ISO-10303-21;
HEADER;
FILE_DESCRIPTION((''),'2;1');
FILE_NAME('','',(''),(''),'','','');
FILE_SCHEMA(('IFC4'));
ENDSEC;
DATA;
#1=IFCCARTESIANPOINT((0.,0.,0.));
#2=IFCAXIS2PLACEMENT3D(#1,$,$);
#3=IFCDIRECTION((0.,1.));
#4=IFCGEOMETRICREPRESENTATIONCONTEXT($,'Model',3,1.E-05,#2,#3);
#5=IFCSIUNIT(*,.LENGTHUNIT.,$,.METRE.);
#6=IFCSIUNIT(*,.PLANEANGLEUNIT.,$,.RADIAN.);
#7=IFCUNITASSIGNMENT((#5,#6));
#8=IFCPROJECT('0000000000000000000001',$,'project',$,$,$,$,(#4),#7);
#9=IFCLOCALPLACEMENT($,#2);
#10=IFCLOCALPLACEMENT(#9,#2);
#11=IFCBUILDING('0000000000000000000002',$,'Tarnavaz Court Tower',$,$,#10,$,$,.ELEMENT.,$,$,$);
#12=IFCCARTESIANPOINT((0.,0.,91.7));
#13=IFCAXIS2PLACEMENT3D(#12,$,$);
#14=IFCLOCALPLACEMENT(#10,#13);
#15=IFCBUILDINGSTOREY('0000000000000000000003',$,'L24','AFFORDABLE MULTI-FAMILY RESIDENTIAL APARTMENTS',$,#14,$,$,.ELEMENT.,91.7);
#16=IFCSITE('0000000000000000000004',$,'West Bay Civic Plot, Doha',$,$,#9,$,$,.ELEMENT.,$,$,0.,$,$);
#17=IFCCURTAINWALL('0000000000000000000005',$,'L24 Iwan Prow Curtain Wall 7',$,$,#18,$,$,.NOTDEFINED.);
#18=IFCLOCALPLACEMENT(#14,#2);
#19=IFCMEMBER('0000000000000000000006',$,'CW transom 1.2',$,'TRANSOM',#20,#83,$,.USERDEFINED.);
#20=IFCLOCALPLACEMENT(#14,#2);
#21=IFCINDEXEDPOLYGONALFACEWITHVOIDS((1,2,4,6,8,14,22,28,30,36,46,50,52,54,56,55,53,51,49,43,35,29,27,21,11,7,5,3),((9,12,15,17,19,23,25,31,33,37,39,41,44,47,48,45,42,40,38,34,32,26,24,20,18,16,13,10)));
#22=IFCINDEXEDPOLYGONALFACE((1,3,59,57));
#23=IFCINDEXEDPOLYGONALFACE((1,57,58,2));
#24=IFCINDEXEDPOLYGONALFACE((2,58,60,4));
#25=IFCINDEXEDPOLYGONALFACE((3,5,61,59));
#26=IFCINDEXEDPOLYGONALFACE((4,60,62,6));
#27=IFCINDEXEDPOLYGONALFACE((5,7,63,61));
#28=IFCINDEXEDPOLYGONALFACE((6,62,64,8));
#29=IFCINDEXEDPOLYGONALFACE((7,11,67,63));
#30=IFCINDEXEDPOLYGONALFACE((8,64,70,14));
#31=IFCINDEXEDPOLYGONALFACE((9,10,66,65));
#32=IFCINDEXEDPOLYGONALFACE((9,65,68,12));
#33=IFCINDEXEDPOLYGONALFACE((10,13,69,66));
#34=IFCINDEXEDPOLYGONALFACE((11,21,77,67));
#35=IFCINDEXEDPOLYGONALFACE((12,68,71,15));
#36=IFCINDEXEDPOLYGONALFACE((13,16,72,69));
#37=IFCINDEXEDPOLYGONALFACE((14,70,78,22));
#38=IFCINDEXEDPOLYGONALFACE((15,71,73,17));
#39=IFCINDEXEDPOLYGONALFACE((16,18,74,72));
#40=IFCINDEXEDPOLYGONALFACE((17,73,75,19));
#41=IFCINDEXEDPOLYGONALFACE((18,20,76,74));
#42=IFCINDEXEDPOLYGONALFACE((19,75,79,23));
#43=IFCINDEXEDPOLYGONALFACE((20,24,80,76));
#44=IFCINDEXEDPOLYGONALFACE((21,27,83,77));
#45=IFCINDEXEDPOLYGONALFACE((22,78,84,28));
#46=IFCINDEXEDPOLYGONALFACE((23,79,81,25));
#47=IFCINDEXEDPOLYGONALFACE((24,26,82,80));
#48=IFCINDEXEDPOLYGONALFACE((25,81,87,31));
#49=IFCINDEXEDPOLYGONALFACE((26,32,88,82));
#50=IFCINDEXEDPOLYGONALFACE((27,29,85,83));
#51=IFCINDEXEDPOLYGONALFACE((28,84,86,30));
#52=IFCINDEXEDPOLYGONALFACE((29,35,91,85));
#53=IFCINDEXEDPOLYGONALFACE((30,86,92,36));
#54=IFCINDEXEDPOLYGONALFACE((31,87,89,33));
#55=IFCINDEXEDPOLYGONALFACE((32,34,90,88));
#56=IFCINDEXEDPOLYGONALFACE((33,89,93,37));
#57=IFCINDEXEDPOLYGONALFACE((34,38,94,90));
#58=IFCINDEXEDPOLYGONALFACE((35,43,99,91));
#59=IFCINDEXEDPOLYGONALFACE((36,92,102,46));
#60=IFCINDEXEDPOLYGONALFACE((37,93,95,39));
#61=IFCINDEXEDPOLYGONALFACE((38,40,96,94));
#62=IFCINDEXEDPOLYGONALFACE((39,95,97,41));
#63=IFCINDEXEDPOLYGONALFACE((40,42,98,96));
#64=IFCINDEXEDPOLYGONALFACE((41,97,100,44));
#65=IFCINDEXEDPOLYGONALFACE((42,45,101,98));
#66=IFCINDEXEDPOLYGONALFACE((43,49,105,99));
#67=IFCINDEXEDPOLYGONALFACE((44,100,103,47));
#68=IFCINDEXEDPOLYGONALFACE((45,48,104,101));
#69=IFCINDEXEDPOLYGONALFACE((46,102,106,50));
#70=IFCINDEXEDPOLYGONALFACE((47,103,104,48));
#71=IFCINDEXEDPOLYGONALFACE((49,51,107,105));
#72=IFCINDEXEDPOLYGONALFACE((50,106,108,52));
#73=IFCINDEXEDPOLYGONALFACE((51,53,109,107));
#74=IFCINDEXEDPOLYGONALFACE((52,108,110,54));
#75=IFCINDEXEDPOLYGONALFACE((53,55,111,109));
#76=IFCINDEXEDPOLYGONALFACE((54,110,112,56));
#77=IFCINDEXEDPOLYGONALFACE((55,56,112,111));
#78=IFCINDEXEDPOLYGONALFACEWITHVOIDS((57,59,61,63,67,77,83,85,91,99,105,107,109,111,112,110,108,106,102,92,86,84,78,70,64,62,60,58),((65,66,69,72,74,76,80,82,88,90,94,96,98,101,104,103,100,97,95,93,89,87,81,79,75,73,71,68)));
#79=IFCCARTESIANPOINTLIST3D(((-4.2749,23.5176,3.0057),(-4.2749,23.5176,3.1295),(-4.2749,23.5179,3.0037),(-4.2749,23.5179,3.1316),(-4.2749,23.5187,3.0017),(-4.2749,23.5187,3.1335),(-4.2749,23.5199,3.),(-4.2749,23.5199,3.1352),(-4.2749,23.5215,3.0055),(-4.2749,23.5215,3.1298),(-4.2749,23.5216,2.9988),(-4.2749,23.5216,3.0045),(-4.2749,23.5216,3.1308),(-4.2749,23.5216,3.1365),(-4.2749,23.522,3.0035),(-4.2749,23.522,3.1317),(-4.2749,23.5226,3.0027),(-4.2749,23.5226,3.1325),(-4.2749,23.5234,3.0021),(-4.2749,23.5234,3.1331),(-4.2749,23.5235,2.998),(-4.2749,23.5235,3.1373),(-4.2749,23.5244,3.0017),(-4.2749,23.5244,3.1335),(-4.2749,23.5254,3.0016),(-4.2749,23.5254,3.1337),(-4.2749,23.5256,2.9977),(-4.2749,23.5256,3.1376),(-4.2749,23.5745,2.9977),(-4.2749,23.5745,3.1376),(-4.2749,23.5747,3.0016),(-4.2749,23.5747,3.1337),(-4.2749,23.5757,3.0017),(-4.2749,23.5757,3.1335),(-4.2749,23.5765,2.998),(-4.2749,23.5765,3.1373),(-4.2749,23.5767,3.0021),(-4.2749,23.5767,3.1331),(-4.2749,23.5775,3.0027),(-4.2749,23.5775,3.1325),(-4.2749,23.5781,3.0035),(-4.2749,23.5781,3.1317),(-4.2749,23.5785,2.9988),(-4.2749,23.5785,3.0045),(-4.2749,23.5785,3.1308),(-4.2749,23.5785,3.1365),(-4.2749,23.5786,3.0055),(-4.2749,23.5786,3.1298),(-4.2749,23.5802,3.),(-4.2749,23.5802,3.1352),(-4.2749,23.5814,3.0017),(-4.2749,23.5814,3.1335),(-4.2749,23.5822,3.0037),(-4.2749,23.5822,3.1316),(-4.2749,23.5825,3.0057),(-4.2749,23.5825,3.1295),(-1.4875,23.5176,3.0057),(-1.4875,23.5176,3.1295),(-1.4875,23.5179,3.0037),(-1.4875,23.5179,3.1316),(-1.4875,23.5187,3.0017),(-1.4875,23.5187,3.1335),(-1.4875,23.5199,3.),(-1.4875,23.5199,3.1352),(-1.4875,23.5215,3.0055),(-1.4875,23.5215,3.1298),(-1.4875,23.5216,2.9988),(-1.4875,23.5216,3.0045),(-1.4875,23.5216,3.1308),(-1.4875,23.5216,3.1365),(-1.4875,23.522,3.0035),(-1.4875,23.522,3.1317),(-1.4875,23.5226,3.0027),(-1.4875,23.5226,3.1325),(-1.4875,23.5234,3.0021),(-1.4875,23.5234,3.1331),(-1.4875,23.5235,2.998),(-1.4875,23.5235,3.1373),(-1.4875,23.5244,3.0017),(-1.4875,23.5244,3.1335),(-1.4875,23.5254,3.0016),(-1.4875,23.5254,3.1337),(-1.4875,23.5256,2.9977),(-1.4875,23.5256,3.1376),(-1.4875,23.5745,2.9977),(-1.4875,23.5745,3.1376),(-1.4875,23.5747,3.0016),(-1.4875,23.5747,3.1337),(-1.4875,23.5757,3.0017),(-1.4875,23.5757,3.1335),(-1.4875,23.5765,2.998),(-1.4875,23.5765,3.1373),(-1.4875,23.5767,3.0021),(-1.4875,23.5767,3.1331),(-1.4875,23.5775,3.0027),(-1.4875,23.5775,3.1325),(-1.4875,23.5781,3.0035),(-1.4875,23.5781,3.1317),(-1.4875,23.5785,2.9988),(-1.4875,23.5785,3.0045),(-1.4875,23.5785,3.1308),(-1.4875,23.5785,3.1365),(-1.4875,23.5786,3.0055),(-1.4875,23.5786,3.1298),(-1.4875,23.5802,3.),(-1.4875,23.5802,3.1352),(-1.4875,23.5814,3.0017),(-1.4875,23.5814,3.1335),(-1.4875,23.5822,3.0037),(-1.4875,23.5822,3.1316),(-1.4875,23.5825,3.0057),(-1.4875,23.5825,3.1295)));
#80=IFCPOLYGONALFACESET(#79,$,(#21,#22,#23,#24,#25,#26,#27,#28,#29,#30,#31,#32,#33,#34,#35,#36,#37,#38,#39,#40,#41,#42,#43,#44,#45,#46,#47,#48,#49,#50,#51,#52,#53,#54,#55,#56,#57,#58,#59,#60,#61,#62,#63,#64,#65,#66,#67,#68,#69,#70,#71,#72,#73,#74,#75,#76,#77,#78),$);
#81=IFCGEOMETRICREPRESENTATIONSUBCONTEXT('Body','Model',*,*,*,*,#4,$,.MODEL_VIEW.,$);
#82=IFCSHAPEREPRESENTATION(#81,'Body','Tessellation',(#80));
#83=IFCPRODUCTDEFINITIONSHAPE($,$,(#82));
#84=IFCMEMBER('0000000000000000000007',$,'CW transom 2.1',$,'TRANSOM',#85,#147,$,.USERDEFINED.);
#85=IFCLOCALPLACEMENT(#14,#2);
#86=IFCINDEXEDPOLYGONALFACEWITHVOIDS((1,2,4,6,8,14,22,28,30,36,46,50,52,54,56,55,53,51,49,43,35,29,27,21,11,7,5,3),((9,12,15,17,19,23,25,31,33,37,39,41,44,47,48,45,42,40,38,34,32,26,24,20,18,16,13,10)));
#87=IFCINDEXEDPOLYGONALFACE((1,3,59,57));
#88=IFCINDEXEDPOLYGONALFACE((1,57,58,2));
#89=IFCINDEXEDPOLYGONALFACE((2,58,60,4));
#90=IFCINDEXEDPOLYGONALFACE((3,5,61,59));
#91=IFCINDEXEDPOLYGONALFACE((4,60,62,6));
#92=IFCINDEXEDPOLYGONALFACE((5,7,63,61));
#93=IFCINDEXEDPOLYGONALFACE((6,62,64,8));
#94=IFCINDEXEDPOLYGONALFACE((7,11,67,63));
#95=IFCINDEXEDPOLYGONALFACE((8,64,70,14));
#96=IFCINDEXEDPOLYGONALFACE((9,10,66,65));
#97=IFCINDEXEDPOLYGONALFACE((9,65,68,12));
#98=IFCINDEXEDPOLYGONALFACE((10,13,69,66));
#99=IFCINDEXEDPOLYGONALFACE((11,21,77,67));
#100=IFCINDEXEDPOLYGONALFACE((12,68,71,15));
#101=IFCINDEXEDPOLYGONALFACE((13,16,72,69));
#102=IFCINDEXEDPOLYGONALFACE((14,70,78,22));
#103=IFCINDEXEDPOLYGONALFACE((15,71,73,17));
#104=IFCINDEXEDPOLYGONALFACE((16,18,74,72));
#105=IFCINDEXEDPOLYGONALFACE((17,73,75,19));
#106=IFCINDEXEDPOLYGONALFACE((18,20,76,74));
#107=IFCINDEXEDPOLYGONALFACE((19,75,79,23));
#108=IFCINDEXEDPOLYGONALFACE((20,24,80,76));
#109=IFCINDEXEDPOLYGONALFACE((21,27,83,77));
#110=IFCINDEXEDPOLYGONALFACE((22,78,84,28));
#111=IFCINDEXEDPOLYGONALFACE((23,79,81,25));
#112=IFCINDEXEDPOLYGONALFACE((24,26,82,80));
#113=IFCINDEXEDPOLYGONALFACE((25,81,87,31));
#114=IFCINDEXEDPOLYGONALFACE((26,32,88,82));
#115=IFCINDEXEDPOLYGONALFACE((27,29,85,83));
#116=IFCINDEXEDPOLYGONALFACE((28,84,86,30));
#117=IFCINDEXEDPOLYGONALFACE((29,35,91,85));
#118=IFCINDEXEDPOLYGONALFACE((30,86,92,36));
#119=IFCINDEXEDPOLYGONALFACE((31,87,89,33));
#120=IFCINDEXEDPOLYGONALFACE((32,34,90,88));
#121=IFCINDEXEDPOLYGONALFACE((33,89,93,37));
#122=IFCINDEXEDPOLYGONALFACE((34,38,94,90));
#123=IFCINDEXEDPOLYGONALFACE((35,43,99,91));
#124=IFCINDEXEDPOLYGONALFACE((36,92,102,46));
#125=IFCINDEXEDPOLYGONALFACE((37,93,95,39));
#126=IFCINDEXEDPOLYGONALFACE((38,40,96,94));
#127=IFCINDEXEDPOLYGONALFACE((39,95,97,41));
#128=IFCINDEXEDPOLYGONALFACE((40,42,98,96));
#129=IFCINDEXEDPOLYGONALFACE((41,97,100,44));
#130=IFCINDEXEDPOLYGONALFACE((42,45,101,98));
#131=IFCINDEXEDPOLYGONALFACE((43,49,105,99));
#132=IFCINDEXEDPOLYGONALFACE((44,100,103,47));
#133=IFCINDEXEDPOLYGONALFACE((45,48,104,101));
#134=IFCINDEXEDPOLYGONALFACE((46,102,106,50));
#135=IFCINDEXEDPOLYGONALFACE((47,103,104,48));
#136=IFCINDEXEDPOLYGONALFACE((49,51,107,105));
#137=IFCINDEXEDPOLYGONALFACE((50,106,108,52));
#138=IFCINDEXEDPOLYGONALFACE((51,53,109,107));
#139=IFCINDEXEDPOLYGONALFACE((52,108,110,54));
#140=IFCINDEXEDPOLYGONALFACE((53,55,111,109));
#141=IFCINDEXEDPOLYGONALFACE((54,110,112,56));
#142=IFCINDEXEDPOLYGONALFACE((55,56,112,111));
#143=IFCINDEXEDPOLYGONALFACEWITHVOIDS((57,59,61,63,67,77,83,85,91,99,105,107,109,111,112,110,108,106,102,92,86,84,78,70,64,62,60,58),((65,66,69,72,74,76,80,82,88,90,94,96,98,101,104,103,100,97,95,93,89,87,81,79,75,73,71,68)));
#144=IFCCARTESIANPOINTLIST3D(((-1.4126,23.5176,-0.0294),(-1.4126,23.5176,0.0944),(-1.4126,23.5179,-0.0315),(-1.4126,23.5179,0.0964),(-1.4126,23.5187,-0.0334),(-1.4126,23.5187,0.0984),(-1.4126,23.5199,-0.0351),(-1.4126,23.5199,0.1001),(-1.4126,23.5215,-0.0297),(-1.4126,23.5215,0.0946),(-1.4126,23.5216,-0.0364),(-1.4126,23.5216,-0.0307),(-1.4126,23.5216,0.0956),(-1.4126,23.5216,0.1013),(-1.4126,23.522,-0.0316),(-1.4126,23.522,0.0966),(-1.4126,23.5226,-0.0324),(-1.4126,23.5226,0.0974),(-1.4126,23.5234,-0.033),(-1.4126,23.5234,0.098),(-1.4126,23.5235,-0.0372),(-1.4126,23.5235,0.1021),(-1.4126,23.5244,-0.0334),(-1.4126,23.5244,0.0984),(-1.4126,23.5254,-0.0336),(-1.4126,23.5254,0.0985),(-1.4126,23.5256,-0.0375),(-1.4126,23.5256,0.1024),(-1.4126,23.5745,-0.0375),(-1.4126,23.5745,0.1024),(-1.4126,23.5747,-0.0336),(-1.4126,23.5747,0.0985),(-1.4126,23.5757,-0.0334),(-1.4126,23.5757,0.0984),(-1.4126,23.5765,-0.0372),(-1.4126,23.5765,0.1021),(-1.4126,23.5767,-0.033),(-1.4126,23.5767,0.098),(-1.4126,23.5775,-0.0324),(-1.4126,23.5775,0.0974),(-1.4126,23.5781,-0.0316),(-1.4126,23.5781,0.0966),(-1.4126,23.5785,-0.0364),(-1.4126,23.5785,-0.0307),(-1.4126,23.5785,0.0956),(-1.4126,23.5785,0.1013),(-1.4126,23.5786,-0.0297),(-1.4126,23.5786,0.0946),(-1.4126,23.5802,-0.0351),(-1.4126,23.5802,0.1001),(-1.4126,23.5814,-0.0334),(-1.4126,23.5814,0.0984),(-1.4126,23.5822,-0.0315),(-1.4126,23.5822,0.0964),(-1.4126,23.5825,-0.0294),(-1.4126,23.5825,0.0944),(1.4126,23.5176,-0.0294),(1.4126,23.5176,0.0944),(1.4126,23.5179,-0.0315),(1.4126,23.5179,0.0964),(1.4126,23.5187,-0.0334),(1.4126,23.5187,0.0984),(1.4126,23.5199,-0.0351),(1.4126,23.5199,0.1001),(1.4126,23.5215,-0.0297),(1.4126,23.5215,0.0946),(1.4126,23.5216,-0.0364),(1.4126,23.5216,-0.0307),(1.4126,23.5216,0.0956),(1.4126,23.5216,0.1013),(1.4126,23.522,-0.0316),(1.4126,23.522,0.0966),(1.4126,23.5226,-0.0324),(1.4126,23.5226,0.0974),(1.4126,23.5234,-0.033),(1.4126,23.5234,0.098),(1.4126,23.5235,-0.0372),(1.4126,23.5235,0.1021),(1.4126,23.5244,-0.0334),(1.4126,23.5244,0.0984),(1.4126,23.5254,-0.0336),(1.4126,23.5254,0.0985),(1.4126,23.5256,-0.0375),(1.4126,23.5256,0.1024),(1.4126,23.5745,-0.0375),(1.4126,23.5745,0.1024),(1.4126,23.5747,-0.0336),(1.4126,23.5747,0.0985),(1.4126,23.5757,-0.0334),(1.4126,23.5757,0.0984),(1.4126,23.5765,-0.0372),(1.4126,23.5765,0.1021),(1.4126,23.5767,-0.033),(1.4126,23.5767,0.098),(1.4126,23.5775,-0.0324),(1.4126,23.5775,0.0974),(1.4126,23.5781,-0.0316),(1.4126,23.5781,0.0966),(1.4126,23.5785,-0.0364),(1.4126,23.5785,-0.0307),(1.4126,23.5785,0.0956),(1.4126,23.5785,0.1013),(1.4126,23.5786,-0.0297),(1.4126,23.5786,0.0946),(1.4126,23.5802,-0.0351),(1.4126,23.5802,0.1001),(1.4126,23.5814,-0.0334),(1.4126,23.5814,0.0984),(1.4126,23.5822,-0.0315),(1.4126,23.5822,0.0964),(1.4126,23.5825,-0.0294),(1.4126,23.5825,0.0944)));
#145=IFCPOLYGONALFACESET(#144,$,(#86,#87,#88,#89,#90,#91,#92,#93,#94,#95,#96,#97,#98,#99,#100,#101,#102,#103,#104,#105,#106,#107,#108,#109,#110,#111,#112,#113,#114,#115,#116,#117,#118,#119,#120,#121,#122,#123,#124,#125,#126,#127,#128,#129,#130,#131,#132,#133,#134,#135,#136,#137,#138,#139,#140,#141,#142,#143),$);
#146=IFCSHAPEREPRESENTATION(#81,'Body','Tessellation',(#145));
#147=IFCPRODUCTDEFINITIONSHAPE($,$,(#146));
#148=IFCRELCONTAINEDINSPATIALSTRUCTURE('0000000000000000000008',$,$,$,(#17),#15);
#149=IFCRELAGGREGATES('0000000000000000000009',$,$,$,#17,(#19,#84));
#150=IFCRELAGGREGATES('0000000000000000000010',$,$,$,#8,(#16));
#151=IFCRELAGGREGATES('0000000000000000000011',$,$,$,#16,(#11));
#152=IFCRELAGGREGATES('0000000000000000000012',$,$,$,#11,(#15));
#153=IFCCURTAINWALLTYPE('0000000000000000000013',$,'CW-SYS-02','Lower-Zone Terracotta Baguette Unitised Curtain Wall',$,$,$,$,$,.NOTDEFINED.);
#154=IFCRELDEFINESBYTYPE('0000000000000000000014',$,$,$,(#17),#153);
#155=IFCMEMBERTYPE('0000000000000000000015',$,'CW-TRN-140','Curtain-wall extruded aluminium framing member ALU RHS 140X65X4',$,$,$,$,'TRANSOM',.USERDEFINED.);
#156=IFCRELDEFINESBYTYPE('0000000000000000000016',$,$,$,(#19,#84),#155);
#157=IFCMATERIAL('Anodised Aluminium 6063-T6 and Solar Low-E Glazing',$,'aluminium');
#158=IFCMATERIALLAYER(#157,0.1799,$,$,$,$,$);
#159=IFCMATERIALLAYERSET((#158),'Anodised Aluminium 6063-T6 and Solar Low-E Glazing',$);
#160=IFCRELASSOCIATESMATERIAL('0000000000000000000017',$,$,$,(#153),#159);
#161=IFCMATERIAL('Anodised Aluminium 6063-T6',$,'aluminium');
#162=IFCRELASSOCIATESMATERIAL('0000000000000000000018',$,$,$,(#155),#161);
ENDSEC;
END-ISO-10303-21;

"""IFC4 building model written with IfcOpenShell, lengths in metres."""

from ifc_helpers import new_model, si_unit, direction, frame, origin, origin_2d, place, context, subcontext, project, spatial, hollow_rectangle, extrude, material, layer, layer_set, material_profile, profile_set, type_object, element, aggregate, save


model = new_model("IFC4")

# Units and contexts
model_context = context("Model", 3, precision=1e-05, world=origin(), true_north=direction((0.0, 1.0)))
body_context = subcontext(model_context, "Body", "Model", "MODEL_VIEW")
ifc_project = project(units=[si_unit("LENGTHUNIT", "METRE"), si_unit("PLANEANGLEUNIT", "RADIAN")], contexts=[model_context])

# Site, building, storey
site_placement = place(None, origin())
site = spatial("IfcSite", under=ifc_project, at=site_placement, Name="West Bay Civic Plot, Doha", CompositionType="ELEMENT", RefElevation=0.0)
building_placement = place(site_placement, origin())
building = spatial("IfcBuilding", under=site, at=building_placement, Name="Tarnavaz Court Tower", CompositionType="ELEMENT")
storey_placement = place(building_placement, frame((0.0, 0.0, 91.7)))
storey = spatial("IfcBuildingStorey", under=building, at=storey_placement, Name="L24", Description="AFFORDABLE MULTI-FAMILY RESIDENTIAL APARTMENTS", CompositionType="ELEMENT", Elevation=91.7)

# Curtain wall, members
ifc_material_1 = material(Name="Anodised Aluminium 6063-T6 and Solar Low-E Glazing", Category="aluminium")
ifc_layer_1 = layer(ifc_material_1, 0.1799)
ifc_layer_set_1 = layer_set([ifc_layer_1], Name="Anodised Aluminium 6063-T6 and Solar Low-E Glazing")
curtain_wall_type = type_object("IfcCurtainWallType", Name="CW-SYS-02", Description="Lower-Zone Terracotta Baguette Unitised Curtain Wall", PredefinedType="NOTDEFINED", material=ifc_layer_set_1)
curtain_wall_placement = place(storey_placement, origin())
curtain_wall = element("IfcCurtainWall", 1, at=curtain_wall_placement, inside=storey, type_object=curtain_wall_type, Name="L24 Iwan Prow Curtain Wall 7", PredefinedType="NOTDEFINED")
ifc_material_2 = material(Name="Anodised Aluminium 6063-T6", Category="aluminium")
ifc_material_profile_1 = material_profile(ifc_material_2, hollow_rectangle(XDim=0.0649, YDim=0.1399, WallThickness=0.0039, InnerFilletRadius=0.0039, OuterFilletRadius=0.0081, at=origin_2d()), Name="ALU RHS 140X65X4")
ifc_profile_set_1 = profile_set([ifc_material_profile_1], Name="Anodised Aluminium 6063-T6")
member_type_1 = type_object("IfcMemberType", Name="CW-TRN-140", Description="Curtain-wall extruded aluminium framing member ALU RHS 140X65X4", ElementType="TRANSOM", PredefinedType="USERDEFINED", material=ifc_profile_set_1)
member_1_placement = place(storey_placement, frame((-4.2749, 23.55, 3.0676), z_axis=(1.0, 0.0, 0.0), x_axis=(0.0, 1.0, 0.0)))
member_1 = element("IfcMember", 2, at=member_1_placement, type_object=member_type_1, Name="CW transom 1.2", ObjectType="TRANSOM", PredefinedType="USERDEFINED", context=body_context, shape_type="SweptSolid", body=[
    extrude(hollow_rectangle(XDim=0.0649, YDim=0.1399, WallThickness=0.0039, InnerFilletRadius=0.0039, OuterFilletRadius=0.0081, at=origin_2d()), origin(), (0.0, 0.0, 1.0), 2.7874),
])
member_2_placement = place(storey_placement, frame((-1.4126, 23.55, 0.0325), z_axis=(1.0, 0.0, 0.0), x_axis=(0.0, 1.0, 0.0)))
member_2 = element("IfcMember", 3, at=member_2_placement, type_object=member_type_1, Name="CW transom 2.1", ObjectType="TRANSOM", PredefinedType="USERDEFINED", context=body_context, shape_type="SweptSolid", body=[
    extrude(hollow_rectangle(XDim=0.0649, YDim=0.1399, WallThickness=0.0039, InnerFilletRadius=0.0039, OuterFilletRadius=0.0081, at=origin_2d()), origin(), (0.0, 0.0, 1.0), 2.8252),
])
aggregate(curtain_wall, [member_1, member_2])

save(model, "model.ifc")
